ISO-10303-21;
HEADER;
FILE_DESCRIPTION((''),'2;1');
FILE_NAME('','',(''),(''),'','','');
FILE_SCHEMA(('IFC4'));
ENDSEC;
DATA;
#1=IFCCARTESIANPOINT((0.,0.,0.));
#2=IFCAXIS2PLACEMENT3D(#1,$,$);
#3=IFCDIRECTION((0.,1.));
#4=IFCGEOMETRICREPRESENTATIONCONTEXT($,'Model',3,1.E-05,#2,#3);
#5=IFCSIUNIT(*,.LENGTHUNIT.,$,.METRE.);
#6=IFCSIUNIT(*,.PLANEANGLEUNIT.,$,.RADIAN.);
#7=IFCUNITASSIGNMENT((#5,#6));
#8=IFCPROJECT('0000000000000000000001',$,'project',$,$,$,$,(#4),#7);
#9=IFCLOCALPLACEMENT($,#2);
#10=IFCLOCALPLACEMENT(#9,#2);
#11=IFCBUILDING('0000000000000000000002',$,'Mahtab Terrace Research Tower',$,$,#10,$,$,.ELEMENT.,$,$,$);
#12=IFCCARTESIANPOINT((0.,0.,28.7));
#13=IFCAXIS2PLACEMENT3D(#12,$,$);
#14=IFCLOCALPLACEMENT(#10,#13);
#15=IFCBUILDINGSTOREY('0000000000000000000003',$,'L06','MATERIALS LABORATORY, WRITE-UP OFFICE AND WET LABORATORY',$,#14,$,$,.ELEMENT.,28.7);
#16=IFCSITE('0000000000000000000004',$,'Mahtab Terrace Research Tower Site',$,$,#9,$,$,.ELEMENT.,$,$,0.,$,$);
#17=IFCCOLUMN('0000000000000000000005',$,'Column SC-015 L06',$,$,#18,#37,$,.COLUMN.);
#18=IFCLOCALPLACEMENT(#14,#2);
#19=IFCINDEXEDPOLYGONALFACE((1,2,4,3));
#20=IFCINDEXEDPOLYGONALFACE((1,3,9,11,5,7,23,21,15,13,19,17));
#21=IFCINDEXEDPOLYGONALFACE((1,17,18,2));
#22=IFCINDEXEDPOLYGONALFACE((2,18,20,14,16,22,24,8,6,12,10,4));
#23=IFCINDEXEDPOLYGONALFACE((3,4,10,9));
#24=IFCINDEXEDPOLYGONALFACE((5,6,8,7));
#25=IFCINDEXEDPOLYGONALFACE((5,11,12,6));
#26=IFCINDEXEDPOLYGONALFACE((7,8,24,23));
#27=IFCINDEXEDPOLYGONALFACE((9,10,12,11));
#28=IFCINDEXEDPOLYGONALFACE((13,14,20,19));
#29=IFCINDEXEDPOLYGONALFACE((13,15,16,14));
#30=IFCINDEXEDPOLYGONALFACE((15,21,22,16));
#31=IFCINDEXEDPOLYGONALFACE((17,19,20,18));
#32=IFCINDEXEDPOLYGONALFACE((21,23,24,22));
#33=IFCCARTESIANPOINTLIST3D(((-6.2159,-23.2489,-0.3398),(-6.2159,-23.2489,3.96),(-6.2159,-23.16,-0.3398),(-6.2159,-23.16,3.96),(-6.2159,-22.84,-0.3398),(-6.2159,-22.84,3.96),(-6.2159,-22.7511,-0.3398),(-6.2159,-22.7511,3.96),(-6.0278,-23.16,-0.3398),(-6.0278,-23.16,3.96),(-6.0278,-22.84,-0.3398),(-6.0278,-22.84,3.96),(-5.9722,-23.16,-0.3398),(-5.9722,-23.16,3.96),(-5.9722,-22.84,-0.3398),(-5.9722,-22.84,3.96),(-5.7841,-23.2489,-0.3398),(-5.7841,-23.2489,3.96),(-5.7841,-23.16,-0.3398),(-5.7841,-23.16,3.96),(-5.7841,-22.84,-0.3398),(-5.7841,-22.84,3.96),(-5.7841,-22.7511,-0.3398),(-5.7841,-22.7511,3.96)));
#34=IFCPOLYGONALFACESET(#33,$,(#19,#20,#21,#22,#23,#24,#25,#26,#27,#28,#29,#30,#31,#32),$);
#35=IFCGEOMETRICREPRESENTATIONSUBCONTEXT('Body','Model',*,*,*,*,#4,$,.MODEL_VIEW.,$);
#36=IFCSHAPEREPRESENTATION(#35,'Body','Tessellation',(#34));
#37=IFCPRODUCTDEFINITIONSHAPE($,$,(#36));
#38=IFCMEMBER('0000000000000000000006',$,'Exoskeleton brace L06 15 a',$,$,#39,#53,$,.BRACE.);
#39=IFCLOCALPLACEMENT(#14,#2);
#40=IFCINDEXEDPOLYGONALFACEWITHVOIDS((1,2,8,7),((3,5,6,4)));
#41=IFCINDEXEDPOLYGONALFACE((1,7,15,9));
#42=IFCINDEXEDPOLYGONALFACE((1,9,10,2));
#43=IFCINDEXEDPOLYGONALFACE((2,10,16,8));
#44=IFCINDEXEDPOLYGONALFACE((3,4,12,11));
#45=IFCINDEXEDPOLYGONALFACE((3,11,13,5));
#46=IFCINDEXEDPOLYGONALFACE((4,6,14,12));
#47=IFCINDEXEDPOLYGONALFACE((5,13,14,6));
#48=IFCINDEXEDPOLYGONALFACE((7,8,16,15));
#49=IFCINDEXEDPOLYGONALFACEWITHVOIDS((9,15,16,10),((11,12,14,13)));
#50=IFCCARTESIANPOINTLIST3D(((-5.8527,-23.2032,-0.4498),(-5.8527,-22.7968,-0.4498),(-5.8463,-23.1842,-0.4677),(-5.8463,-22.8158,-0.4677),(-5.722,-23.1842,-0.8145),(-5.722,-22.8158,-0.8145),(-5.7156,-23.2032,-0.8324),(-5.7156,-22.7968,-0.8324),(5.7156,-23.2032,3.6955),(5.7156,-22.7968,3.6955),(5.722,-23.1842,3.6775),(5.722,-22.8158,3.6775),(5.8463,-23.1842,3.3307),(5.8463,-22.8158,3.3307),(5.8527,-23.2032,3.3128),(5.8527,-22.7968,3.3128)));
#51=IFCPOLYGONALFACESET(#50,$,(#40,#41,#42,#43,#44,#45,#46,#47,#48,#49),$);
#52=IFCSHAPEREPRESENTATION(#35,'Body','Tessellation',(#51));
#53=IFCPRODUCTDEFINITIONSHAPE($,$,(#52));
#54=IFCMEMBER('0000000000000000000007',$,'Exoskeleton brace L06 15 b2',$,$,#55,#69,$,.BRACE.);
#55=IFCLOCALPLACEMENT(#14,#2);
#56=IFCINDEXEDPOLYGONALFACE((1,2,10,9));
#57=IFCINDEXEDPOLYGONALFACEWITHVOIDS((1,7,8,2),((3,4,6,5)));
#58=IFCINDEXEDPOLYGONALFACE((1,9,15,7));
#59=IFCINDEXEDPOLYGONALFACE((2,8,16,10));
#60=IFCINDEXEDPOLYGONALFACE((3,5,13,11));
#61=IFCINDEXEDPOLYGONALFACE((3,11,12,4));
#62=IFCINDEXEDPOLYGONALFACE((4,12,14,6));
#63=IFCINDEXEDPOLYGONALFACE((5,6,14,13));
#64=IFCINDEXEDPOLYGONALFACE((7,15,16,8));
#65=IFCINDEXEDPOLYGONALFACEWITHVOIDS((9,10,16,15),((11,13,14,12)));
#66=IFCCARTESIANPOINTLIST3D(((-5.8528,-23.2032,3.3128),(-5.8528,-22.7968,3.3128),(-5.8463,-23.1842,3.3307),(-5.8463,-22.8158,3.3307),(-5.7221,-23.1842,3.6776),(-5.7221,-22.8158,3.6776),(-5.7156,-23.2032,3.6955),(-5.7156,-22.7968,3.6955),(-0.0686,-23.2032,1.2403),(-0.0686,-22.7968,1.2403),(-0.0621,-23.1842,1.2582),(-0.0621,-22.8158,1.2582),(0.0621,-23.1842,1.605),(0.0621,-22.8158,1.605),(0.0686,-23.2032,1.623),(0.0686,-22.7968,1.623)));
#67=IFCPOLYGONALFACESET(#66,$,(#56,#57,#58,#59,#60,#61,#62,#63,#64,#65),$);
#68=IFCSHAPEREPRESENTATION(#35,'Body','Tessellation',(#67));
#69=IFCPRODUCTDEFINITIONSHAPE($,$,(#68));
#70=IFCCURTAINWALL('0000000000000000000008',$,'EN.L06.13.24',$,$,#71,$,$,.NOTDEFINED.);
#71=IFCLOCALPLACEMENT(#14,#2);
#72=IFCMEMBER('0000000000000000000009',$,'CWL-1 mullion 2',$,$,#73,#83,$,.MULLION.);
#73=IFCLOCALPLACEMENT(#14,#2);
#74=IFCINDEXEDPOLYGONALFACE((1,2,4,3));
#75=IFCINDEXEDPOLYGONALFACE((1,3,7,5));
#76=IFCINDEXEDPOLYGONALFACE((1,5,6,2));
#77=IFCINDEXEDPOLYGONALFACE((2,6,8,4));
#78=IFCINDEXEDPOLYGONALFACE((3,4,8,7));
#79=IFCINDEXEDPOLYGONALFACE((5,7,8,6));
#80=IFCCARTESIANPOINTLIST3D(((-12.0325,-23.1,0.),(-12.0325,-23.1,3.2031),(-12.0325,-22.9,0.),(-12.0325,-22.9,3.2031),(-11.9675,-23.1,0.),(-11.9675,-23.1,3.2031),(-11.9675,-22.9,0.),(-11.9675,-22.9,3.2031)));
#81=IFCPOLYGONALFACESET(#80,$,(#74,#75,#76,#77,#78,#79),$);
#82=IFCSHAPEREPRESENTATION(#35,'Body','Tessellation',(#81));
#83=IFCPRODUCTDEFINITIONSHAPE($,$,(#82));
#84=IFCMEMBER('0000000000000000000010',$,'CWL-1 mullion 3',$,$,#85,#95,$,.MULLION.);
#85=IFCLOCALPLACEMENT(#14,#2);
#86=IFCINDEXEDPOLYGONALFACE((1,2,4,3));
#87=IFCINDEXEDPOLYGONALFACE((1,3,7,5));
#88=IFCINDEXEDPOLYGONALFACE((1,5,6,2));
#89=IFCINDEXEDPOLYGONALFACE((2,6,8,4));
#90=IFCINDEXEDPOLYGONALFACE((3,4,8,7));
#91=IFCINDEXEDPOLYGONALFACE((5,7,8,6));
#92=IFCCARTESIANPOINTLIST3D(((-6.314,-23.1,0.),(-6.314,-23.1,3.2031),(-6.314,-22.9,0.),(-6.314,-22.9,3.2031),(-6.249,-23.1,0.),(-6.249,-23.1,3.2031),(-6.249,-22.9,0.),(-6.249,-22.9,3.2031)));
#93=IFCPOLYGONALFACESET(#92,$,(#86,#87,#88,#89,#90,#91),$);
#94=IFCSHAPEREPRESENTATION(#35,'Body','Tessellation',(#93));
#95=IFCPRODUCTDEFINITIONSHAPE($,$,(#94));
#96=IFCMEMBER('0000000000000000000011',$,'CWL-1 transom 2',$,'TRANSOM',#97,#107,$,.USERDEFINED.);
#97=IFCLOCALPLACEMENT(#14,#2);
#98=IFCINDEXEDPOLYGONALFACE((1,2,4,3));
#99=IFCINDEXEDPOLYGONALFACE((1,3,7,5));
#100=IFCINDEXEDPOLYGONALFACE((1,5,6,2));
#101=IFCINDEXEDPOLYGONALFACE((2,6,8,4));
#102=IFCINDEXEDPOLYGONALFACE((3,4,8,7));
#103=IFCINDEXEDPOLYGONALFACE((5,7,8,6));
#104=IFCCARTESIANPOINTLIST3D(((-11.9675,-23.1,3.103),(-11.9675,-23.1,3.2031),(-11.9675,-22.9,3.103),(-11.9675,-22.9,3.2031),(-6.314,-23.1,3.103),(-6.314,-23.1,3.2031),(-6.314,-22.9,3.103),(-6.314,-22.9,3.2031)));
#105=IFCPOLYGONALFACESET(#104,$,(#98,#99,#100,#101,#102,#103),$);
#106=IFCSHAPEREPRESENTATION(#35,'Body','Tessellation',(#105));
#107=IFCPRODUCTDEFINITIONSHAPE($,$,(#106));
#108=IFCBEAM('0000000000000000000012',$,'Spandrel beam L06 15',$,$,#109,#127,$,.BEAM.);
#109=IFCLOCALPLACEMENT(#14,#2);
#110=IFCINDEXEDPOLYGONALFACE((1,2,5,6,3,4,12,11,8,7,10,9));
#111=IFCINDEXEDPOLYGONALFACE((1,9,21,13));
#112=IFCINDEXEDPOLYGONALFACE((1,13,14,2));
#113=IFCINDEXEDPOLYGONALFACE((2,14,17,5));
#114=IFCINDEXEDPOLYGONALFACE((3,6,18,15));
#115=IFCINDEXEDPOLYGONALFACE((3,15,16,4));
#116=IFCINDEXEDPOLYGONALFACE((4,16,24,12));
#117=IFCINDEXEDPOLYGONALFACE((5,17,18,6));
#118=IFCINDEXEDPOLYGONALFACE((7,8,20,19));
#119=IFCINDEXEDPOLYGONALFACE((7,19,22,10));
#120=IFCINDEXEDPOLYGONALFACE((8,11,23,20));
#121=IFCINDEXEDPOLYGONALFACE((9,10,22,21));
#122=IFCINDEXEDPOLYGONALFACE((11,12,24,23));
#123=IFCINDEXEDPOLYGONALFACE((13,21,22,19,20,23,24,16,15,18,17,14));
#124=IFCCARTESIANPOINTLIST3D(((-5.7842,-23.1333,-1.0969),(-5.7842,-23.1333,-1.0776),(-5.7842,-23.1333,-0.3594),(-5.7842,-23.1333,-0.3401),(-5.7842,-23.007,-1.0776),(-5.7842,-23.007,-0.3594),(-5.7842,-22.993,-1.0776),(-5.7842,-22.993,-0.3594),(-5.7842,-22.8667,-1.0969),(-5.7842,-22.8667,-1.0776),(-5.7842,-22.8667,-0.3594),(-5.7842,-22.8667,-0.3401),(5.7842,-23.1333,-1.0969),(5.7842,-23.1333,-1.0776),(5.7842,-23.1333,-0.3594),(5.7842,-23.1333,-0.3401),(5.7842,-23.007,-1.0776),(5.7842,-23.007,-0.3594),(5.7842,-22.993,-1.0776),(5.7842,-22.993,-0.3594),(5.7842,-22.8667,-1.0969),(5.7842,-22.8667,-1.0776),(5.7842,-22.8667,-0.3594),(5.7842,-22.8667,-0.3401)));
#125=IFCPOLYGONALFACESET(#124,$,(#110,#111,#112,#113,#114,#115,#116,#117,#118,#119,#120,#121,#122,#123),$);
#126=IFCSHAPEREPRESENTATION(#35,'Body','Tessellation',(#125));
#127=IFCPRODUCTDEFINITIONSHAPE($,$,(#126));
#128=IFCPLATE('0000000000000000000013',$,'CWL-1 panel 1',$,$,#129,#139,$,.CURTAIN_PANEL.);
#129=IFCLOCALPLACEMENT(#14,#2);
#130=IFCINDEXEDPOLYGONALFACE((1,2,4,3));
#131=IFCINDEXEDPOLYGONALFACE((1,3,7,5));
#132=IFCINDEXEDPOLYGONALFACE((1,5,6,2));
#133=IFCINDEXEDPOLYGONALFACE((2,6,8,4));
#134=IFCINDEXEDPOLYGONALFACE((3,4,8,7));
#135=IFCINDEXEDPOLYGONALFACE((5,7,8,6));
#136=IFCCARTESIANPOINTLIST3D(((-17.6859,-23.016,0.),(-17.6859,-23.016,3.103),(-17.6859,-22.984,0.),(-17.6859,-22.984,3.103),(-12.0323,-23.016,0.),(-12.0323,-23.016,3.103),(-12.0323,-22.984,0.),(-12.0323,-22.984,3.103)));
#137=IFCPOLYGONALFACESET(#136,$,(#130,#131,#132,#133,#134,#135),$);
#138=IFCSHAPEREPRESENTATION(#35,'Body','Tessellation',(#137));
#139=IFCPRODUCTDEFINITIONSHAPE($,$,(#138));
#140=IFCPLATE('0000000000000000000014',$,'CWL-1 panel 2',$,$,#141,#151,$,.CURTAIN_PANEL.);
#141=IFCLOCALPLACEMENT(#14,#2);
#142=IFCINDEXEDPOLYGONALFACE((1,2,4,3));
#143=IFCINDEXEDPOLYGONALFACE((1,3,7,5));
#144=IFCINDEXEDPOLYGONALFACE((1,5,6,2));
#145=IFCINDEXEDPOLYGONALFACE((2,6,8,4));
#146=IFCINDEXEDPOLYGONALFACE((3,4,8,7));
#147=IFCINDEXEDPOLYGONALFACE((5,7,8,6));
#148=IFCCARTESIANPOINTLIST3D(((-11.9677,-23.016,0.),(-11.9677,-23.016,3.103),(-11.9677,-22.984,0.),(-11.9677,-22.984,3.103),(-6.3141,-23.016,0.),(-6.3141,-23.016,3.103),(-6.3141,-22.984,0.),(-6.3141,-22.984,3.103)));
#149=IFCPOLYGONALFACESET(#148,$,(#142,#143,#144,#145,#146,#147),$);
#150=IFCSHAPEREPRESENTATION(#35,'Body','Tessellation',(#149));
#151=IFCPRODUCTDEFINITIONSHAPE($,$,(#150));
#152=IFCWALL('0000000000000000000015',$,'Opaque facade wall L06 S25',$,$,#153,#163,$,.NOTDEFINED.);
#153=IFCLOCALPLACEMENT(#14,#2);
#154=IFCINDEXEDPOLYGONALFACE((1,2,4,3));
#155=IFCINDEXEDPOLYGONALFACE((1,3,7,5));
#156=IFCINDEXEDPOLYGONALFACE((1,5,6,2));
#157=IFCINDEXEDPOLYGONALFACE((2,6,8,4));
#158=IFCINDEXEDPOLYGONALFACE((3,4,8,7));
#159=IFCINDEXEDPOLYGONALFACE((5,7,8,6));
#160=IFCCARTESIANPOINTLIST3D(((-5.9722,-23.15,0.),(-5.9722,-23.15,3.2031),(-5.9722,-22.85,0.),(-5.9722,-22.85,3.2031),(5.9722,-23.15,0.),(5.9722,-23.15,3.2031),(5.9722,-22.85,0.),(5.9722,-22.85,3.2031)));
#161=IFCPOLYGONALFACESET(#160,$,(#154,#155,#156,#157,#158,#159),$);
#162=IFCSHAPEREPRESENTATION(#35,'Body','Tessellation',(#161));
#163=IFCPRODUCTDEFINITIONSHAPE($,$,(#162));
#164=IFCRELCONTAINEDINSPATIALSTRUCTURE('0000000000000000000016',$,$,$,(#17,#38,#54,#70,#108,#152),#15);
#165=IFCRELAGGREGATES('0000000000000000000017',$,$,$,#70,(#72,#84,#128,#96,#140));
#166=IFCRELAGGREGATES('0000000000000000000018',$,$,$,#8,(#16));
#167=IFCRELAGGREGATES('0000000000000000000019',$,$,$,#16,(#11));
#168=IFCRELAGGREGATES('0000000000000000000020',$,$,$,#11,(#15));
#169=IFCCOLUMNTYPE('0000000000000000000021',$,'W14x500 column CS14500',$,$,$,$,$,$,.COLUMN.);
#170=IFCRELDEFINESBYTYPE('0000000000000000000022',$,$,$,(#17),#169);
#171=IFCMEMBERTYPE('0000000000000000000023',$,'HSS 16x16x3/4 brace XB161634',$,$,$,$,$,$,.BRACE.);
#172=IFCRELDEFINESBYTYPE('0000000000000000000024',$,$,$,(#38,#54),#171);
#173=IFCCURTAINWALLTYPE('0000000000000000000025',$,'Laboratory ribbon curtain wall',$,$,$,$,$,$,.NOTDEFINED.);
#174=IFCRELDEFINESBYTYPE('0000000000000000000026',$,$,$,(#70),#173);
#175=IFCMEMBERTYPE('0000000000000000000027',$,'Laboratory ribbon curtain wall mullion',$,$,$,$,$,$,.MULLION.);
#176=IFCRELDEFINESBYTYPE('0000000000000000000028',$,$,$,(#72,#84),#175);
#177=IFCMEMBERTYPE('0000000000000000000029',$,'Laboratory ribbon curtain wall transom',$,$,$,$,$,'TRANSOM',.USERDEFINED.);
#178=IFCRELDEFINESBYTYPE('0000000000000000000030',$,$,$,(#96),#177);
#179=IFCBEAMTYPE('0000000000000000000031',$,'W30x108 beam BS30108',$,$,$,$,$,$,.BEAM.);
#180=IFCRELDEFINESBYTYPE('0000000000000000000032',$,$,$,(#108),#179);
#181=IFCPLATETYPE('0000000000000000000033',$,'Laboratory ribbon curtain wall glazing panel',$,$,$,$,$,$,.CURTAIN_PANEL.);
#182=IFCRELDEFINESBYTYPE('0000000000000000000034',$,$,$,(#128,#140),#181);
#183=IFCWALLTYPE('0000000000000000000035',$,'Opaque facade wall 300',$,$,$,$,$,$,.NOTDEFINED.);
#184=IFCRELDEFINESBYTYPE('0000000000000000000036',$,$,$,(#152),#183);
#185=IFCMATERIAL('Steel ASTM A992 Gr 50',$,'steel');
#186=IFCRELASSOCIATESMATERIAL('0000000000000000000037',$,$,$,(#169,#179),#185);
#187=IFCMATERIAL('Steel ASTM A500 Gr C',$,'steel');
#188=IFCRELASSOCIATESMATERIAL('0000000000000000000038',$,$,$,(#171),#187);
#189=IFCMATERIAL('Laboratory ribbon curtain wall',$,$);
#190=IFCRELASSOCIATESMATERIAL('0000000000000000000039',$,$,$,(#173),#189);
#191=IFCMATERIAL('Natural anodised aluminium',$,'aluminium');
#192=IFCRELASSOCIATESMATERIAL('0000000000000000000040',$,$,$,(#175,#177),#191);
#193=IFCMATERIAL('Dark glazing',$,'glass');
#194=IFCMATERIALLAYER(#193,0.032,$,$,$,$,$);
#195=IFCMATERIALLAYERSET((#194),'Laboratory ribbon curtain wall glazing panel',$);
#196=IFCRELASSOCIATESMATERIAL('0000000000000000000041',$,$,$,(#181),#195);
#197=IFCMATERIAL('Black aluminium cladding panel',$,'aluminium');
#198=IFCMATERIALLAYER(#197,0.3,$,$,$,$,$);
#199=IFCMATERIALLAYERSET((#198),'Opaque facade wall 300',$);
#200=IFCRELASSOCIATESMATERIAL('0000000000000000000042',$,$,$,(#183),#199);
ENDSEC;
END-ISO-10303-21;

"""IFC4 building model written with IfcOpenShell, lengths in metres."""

from ifc_helpers import new_model, si_unit, direction, frame, frame_2d, origin, origin_2d, place, context, subcontext, project, spatial, rectangle, hollow_rectangle, i_section, extrude, material, layer, layer_set, material_profile, profile_set, type_object, element, aggregate, save


model = new_model("IFC4")

# Units and contexts
model_context = context("Model", 3, precision=1e-05, world=origin(), true_north=direction((0.0, 1.0)))
body_context = subcontext(model_context, "Body", "Model", "MODEL_VIEW")
ifc_project = project(units=[si_unit("LENGTHUNIT", "METRE"), si_unit("PLANEANGLEUNIT", "RADIAN")], contexts=[model_context])

# Site, building, storey
site_placement = place(None, origin())
site = spatial("IfcSite", under=ifc_project, at=site_placement, Name="Mahtab Terrace Research Tower Site", CompositionType="ELEMENT", RefElevation=0.0)
building_placement = place(site_placement, origin())
building = spatial("IfcBuilding", under=site, at=building_placement, Name="Mahtab Terrace Research Tower", CompositionType="ELEMENT")
storey_placement = place(building_placement, frame((0.0, 0.0, 28.7)))
storey = spatial("IfcBuildingStorey", under=building, at=storey_placement, Name="L06", Description="MATERIALS LABORATORY, WRITE-UP OFFICE AND WET LABORATORY", CompositionType="ELEMENT", Elevation=28.7)

# Column
ifc_material_1 = material(Name="Steel ASTM A992 Gr 50", Category="steel")
ifc_material_profile_1 = material_profile(ifc_material_1, i_section(OverallWidth=0.4319, OverallDepth=0.4978, WebThickness=0.0557, FlangeThickness=0.0889, at=origin_2d()), Name="W14X500")
ifc_profile_set_1 = profile_set([ifc_material_profile_1], Name="Steel ASTM A992 Gr 50")
column_type = type_object("IfcColumnType", Name="W14x500 column CS14500", PredefinedType="COLUMN", material=ifc_profile_set_1)
column_placement = place(storey_placement, frame((-6.0, -23.0, -0.3398), z_axis=(0.0, 0.0, 1.0), x_axis=(1.0, 0.0, 0.0)))
element("IfcColumn", 1, at=column_placement, inside=storey, type_object=column_type, Name="Column SC-015 L06", PredefinedType="COLUMN", context=body_context, shape_type="SweptSolid", body=[
    extrude(i_section(OverallWidth=0.4319, OverallDepth=0.4978, WebThickness=0.0557, FlangeThickness=0.0889, at=origin_2d()), origin(), (0.0, 0.0, 1.0), 4.2998),
])

# Members
ifc_material_2 = material(Name="Steel ASTM A500 Gr C", Category="steel")
ifc_material_profile_2 = material_profile(ifc_material_2, hollow_rectangle(XDim=0.4065, YDim=0.4065, WallThickness=0.019, at=origin_2d()), Name="HSS16X16X3/4")
ifc_profile_set_2 = profile_set([ifc_material_profile_2], Name="Steel ASTM A500 Gr C")
member_type_1 = type_object("IfcMemberType", Name="HSS 16x16x3/4 brace XB161634", PredefinedType="BRACE", material=ifc_profile_set_2)
member_1_placement = place(storey_placement, frame((-5.7842, -23.0, -0.6411), z_axis=(0.941388, 0.0, 0.337325), x_axis=(0.0, 1.0, 0.0)))
element("IfcMember", 2, at=member_1_placement, inside=storey, type_object=member_type_1, Name="Exoskeleton brace L06 15 a", PredefinedType="BRACE", context=body_context, shape_type="SweptSolid", body=[
    extrude(hollow_rectangle(XDim=0.4065, YDim=0.4065, WallThickness=0.019, at=origin_2d()), origin(), (0.0, 0.0, 1.0), 12.2886),
])
member_2_placement = place(storey_placement, frame((0.0, -23.0, 1.4316), z_axis=(-0.941394, 0.0, 0.337308), x_axis=(0.0, -1.0, 0.0)))
element("IfcMember", 3, at=member_2_placement, inside=storey, type_object=member_type_1, Name="Exoskeleton brace L06 15 b2", PredefinedType="BRACE", context=body_context, shape_type="SweptSolid", body=[
    extrude(hollow_rectangle(XDim=0.4065, YDim=0.4065, WallThickness=0.019, at=origin_2d()), origin(), (0.0, 0.0, 1.0), 6.1443),
])

# Curtain wall, members
ifc_material_3 = material(Name="Laboratory ribbon curtain wall")
curtain_wall_type = type_object("IfcCurtainWallType", Name="Laboratory ribbon curtain wall", PredefinedType="NOTDEFINED", material=ifc_material_3)
curtain_wall_placement = place(storey_placement, origin())
curtain_wall = element("IfcCurtainWall", 4, at=curtain_wall_placement, inside=storey, type_object=curtain_wall_type, Name="EN.L06.13.24", PredefinedType="NOTDEFINED")
ifc_material_4 = material(Name="Natural anodised aluminium", Category="aluminium")
ifc_material_profile_3 = material_profile(ifc_material_4, rectangle(XDim=0.2, YDim=0.0649, at=origin_2d()), Name="MULLION 65x200")
ifc_profile_set_3 = profile_set([ifc_material_profile_3], Name="Natural anodised aluminium")
member_type_2 = type_object("IfcMemberType", Name="Laboratory ribbon curtain wall mullion", PredefinedType="MULLION", material=ifc_profile_set_3)
member_3_placement = place(storey_placement, frame((-12.0, -23.0, 0.0), z_axis=(0.0, 0.0, 1.0), x_axis=(0.0, 1.0, 0.0)))
member_3 = element("IfcMember", 5, at=member_3_placement, type_object=member_type_2, Name="CWL-1 mullion 2", PredefinedType="MULLION", context=body_context, shape_type="SweptSolid", body=[
    extrude(rectangle(XDim=0.2, YDim=0.0649, at=origin_2d()), origin(), (0.0, 0.0, 1.0), 3.2031),
])
member_4_placement = place(storey_placement, frame((-6.2815, -23.0, 0.0), z_axis=(0.0, 0.0, 1.0), x_axis=(0.0, 1.0, 0.0)))
member_4 = element("IfcMember", 6, at=member_4_placement, type_object=member_type_2, Name="CWL-1 mullion 3", PredefinedType="MULLION", context=body_context, shape_type="SweptSolid", body=[
    extrude(rectangle(XDim=0.2, YDim=0.0649, at=origin_2d()), origin(), (0.0, 0.0, 1.0), 3.2031),
])
ifc_material_profile_4 = material_profile(ifc_material_4, rectangle(XDim=0.2, YDim=0.1001, at=origin_2d()), Name="TRANSOM 100x200")
ifc_profile_set_4 = profile_set([ifc_material_profile_4], Name="Natural anodised aluminium")
member_type_3 = type_object("IfcMemberType", Name="Laboratory ribbon curtain wall transom", ElementType="TRANSOM", PredefinedType="USERDEFINED", material=ifc_profile_set_4)
member_5_placement = place(storey_placement, frame((-11.9675, -23.0, 3.1531), z_axis=(1.0, 0.0, 0.0), x_axis=(0.0, 1.0, 0.0)))
member_5 = element("IfcMember", 7, at=member_5_placement, type_object=member_type_3, Name="CWL-1 transom 2", ObjectType="TRANSOM", PredefinedType="USERDEFINED", context=body_context, shape_type="SweptSolid", body=[
    extrude(rectangle(XDim=0.2, YDim=0.1001, at=origin_2d()), origin(), (0.0, 0.0, 1.0), 5.6536),
])

# Beam
ifc_material_profile_5 = material_profile(ifc_material_1, i_section(OverallWidth=0.2666, OverallDepth=0.7568, WebThickness=0.0139, FlangeThickness=0.0193, at=origin_2d()), Name="W30X108")
ifc_profile_set_5 = profile_set([ifc_material_profile_5], Name="Steel ASTM A992 Gr 50")
beam_type = type_object("IfcBeamType", Name="W30x108 beam BS30108", PredefinedType="BEAM", material=ifc_profile_set_5)
beam_placement = place(storey_placement, frame((-5.7842, -23.0, -0.7185), z_axis=(1.0, 0.0, 0.0), x_axis=(0.0, 1.0, 0.0)))
element("IfcBeam", 8, at=beam_placement, inside=storey, type_object=beam_type, Name="Spandrel beam L06 15", PredefinedType="BEAM", context=body_context, shape_type="SweptSolid", body=[
    extrude(i_section(OverallWidth=0.2666, OverallDepth=0.7568, WebThickness=0.0139, FlangeThickness=0.0193, at=origin_2d()), origin(), (0.0, 0.0, 1.0), 11.5684),
])

# Plates
ifc_material_5 = material(Name="Dark glazing", Category="glass")
ifc_layer_1 = layer(ifc_material_5, 0.032)
ifc_layer_set_1 = layer_set([ifc_layer_1], Name="Laboratory ribbon curtain wall glazing panel")
plate_type = type_object("IfcPlateType", Name="Laboratory ribbon curtain wall glazing panel", PredefinedType="CURTAIN_PANEL", material=ifc_layer_set_1)
plate_1_placement = place(storey_placement, frame((-14.8591, -23.0, 0.0), z_axis=(0.0, 0.0, 1.0), x_axis=(1.0, 0.0, 0.0)))
plate_1 = element("IfcPlate", 9, at=plate_1_placement, type_object=plate_type, Name="CWL-1 panel 1", PredefinedType="CURTAIN_PANEL", context=body_context, shape_type="SweptSolid", body=[
    extrude(rectangle(XDim=5.6536, YDim=0.032, at=origin_2d()), origin(), (0.0, 0.0, 1.0), 3.103),
])
plate_2_placement = place(storey_placement, frame((-9.1409, -23.0, 0.0), z_axis=(0.0, 0.0, 1.0), x_axis=(1.0, 0.0, 0.0)))
plate_2 = element("IfcPlate", 10, at=plate_2_placement, type_object=plate_type, Name="CWL-1 panel 2", PredefinedType="CURTAIN_PANEL", context=body_context, shape_type="SweptSolid", body=[
    extrude(rectangle(XDim=5.6536, YDim=0.032, at=origin_2d()), origin(), (0.0, 0.0, 1.0), 3.103),
])
aggregate(curtain_wall, [member_3, member_4, plate_1, member_5, plate_2])

# Wall
ifc_material_6 = material(Name="Black aluminium cladding panel", Category="aluminium")
ifc_layer_2 = layer(ifc_material_6, 0.3)
ifc_layer_set_2 = layer_set([ifc_layer_2], Name="Opaque facade wall 300")
wall_type_1 = type_object("IfcWallType", Name="Opaque facade wall 300", PredefinedType="NOTDEFINED", material=ifc_layer_set_2)
wall_1_placement = place(storey_placement, frame((-5.9722, -23.0, 0.0), z_axis=(0.0, 0.0, 1.0), x_axis=(1.0, 0.0, 0.0)))
element("IfcWall", 11, at=wall_1_placement, inside=storey, type_object=wall_type_1, Name="Opaque facade wall L06 S25", PredefinedType="NOTDEFINED", context=body_context, shape_type="SweptSolid", body=[
    extrude(rectangle(XDim=11.9443, YDim=0.3, at=frame_2d((5.9722, 0.0))), origin(), (0.0, 0.0, 1.0), 3.2031),
])

save(model, "model.ifc")
